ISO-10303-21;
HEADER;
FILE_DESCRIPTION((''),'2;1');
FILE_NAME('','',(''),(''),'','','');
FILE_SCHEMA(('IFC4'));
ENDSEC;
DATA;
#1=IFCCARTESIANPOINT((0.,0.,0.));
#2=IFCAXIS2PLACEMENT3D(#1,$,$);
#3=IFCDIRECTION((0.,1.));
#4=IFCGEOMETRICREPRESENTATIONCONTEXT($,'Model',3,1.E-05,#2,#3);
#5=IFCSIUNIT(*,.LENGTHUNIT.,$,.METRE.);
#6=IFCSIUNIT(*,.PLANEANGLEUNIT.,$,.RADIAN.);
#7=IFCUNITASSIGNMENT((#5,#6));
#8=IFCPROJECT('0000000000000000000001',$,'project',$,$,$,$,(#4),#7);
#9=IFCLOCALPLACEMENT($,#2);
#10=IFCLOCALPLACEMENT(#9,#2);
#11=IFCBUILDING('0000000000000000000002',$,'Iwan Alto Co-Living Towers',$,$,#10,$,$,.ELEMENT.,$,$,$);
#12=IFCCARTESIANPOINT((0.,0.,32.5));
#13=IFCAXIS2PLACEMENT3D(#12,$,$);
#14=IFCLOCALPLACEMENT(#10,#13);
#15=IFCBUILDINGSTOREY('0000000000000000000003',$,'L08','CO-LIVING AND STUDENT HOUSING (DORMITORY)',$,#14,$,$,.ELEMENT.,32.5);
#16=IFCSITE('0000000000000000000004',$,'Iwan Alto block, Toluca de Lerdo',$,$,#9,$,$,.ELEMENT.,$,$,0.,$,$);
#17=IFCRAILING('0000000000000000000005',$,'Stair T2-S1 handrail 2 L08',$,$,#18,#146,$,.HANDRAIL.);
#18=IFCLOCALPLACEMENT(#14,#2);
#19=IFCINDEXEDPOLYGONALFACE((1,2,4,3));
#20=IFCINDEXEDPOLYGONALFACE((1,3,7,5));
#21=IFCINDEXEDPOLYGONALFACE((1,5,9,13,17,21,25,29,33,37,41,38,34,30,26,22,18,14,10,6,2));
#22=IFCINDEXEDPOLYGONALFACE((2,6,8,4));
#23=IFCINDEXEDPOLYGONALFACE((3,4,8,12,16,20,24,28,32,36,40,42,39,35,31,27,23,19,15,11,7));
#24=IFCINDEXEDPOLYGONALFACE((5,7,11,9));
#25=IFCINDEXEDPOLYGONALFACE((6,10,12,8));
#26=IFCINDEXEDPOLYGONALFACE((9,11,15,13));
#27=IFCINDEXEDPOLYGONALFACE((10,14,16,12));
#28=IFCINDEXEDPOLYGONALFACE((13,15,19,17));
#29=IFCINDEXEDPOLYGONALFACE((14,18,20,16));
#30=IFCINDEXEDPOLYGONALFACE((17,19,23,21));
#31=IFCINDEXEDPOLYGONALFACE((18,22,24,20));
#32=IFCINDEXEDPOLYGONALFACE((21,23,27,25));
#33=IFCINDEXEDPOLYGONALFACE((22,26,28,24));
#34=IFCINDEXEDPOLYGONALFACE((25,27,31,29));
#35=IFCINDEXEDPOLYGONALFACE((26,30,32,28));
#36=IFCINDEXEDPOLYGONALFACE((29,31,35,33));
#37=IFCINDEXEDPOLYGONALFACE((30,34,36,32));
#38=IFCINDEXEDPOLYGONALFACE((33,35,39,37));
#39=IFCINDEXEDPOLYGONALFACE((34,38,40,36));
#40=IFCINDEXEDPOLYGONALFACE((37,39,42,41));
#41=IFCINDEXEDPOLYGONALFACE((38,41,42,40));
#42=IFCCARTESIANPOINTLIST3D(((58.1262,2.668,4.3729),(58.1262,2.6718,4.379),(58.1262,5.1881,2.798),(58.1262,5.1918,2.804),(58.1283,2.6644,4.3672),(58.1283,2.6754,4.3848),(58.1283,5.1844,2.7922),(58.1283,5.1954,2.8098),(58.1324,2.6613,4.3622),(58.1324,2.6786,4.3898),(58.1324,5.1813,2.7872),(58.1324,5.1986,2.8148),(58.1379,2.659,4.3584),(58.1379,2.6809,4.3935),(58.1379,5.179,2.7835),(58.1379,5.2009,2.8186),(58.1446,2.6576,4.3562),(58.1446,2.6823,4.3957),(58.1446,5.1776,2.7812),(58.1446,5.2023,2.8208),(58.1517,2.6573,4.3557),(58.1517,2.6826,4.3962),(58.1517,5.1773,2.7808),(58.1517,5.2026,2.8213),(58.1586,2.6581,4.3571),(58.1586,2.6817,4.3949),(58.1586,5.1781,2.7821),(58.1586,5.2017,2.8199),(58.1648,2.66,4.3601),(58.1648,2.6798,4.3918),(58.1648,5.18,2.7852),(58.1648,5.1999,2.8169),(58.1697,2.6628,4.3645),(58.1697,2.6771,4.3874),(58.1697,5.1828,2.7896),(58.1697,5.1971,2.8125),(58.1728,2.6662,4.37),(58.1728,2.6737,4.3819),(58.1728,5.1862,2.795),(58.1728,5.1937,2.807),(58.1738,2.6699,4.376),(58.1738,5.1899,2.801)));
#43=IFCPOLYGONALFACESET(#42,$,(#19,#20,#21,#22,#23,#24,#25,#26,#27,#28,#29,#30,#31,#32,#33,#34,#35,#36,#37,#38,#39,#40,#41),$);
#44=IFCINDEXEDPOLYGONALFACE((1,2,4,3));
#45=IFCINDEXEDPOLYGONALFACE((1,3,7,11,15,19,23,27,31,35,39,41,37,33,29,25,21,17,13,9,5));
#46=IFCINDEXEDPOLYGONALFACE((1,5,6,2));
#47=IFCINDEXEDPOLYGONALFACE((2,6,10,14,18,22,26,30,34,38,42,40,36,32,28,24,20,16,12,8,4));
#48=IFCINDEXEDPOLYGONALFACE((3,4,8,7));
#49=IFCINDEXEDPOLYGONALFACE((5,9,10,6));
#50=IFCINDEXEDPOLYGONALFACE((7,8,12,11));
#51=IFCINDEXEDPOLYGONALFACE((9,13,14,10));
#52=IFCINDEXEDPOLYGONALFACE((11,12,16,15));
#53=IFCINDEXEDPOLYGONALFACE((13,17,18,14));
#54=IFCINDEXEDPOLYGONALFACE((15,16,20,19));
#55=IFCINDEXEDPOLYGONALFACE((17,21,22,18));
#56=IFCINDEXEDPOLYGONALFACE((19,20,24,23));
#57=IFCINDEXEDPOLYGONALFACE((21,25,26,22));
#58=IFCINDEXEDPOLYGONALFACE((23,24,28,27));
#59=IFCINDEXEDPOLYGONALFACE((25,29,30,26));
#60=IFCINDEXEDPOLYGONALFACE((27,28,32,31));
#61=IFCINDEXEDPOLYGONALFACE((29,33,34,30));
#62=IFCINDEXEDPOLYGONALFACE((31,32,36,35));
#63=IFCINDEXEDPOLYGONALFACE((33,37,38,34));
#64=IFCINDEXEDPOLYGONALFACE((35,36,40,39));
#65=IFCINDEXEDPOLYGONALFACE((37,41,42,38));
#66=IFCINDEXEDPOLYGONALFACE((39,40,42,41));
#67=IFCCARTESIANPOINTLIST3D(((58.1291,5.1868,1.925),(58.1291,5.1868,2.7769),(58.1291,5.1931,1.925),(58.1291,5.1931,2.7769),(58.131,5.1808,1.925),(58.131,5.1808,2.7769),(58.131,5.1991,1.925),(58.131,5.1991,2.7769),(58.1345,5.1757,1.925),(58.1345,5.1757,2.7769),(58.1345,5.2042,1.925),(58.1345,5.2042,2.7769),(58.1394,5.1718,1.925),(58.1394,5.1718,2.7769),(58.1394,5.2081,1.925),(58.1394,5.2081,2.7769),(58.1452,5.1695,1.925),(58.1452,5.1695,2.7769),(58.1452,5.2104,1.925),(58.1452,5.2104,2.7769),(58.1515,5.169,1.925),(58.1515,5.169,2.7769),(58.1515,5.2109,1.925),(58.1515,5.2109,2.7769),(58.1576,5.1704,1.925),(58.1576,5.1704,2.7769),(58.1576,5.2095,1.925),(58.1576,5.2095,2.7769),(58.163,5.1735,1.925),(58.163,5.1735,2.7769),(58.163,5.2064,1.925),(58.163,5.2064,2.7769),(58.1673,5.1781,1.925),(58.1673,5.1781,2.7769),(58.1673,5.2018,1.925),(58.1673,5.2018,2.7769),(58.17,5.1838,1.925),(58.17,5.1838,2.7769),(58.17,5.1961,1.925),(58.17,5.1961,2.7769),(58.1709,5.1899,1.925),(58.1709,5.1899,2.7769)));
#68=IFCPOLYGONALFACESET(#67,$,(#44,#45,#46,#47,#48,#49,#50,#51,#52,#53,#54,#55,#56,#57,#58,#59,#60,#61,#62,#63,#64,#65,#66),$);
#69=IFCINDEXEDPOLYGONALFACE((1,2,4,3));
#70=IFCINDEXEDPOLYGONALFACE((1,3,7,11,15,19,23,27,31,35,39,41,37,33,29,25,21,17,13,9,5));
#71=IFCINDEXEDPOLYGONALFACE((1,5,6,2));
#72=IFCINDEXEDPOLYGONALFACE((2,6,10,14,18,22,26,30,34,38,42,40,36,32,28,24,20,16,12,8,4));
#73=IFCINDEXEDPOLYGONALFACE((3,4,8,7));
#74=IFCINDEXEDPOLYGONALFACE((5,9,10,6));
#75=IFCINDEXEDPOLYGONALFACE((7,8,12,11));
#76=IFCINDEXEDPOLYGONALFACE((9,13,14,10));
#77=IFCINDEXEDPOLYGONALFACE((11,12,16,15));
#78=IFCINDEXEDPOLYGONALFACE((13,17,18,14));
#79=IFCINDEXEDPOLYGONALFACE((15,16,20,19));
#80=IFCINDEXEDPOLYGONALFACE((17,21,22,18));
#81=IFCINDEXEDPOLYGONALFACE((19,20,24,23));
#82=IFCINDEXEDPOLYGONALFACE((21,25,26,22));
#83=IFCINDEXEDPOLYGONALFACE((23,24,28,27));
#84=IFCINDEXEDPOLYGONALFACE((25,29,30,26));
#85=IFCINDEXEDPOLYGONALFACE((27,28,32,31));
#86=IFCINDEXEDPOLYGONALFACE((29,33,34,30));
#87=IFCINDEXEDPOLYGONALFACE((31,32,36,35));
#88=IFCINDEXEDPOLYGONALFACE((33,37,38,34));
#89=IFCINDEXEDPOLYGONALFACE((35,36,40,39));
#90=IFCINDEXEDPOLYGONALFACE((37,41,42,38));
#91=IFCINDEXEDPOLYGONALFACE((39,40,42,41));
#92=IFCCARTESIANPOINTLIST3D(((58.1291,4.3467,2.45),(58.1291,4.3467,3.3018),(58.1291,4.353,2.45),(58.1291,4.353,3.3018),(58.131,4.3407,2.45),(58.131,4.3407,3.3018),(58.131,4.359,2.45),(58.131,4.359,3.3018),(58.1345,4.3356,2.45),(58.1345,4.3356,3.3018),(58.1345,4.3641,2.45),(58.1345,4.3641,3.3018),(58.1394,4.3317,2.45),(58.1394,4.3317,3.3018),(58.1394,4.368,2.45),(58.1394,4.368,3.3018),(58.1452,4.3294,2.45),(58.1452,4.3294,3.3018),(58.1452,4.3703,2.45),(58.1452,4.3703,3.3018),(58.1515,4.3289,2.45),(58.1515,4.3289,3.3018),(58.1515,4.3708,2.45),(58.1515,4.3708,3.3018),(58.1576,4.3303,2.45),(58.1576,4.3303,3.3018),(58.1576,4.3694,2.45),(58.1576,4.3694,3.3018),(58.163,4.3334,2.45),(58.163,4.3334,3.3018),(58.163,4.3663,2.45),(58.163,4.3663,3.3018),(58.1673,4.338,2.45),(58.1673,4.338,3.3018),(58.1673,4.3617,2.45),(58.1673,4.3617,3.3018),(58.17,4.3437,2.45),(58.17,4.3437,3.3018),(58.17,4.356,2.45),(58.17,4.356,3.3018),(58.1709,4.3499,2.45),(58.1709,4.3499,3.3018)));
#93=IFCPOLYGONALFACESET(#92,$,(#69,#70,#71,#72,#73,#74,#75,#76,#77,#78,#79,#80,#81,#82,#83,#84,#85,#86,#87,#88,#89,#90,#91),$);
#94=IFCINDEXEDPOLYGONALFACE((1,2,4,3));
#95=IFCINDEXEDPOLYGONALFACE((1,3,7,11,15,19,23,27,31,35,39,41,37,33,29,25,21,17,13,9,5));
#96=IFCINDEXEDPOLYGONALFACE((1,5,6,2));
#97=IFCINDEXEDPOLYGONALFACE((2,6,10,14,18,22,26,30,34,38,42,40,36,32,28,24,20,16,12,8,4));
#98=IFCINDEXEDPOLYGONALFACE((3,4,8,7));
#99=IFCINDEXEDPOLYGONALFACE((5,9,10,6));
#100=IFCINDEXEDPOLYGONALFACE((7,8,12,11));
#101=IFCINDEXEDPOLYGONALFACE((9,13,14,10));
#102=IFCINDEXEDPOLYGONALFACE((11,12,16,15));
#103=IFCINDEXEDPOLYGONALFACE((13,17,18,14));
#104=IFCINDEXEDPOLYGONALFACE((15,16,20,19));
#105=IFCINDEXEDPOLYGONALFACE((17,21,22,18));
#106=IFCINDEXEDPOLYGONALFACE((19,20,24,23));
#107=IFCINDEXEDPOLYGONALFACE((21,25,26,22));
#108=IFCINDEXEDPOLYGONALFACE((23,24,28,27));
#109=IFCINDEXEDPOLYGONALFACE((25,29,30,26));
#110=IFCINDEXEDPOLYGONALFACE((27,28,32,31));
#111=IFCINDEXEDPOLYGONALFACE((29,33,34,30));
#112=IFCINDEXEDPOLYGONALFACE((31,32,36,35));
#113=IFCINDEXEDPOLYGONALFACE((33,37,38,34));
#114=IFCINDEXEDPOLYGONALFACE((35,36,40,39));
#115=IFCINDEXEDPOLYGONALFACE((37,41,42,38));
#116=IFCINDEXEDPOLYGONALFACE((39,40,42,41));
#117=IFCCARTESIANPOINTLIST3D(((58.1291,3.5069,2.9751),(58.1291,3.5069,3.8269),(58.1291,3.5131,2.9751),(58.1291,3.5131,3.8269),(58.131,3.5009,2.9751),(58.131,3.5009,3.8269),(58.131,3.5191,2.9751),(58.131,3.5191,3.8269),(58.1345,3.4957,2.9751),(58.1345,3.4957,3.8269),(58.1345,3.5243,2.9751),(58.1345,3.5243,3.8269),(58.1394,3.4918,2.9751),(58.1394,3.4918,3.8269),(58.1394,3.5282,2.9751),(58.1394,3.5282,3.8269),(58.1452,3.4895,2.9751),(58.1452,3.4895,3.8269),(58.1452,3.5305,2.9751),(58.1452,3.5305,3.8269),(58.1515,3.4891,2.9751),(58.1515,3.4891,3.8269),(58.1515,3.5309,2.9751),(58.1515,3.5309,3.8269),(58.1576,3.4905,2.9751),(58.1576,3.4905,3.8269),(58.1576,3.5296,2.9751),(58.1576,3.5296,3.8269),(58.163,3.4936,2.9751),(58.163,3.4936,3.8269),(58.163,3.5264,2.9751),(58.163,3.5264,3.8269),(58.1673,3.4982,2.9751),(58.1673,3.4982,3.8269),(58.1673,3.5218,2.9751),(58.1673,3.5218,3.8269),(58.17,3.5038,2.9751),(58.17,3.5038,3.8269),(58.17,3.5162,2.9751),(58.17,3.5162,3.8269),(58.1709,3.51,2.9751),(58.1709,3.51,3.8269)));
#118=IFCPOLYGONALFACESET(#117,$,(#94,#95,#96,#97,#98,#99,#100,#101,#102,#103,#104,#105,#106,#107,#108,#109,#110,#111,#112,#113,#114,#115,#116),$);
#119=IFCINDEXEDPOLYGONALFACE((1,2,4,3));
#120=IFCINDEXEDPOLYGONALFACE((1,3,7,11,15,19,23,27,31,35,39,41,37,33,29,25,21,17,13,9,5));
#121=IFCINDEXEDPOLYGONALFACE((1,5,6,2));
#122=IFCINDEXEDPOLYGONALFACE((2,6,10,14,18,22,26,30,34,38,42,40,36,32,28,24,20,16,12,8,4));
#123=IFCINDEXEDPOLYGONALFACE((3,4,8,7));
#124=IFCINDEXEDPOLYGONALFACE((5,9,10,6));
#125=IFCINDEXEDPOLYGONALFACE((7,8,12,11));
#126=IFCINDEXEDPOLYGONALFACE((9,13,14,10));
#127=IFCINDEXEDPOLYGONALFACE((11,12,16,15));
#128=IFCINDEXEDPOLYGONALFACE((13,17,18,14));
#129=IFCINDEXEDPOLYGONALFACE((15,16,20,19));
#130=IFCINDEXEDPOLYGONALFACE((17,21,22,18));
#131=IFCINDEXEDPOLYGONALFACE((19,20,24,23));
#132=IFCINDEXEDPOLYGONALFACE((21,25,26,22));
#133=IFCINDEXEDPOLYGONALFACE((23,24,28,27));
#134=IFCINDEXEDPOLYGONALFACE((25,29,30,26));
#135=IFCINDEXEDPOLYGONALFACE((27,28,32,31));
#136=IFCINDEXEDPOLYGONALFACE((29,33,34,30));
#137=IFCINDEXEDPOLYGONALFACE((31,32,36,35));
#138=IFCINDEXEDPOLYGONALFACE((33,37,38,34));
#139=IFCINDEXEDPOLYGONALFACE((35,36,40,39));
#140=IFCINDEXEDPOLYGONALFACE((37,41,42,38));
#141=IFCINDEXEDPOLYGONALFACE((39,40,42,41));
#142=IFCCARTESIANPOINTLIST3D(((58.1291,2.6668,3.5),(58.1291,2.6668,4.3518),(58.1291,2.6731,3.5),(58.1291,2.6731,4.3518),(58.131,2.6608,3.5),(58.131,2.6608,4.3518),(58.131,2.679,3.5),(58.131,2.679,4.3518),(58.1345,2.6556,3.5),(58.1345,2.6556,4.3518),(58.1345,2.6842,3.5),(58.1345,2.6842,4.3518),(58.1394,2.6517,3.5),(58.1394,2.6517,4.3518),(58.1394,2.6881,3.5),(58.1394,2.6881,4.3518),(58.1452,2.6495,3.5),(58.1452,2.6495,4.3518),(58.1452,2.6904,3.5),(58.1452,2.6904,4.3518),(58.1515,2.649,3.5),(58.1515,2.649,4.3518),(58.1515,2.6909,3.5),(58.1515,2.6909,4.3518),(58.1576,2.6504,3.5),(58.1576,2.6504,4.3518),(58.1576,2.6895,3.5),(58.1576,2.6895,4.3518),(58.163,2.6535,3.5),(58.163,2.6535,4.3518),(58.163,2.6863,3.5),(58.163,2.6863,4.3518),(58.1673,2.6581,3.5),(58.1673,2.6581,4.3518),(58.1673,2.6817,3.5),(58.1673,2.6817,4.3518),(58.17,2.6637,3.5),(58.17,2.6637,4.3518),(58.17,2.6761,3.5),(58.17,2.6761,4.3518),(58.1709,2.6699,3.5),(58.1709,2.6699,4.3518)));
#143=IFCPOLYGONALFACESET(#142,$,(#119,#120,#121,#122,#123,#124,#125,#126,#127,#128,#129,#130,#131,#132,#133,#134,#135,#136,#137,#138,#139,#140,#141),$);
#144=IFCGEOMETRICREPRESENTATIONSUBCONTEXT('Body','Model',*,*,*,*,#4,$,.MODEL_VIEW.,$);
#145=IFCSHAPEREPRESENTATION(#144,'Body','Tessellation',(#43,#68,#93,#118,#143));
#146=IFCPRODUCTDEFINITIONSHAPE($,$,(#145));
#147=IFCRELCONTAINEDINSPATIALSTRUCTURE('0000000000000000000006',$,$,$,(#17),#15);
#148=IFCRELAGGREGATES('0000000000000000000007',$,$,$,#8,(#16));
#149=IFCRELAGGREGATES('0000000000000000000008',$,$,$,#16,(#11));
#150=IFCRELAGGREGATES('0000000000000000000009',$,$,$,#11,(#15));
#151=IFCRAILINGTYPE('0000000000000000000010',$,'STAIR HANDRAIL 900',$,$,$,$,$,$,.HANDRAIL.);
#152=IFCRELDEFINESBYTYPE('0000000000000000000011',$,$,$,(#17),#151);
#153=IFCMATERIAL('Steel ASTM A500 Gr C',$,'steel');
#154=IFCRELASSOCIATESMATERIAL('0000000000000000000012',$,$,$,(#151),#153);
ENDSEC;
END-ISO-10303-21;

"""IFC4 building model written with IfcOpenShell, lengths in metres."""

from ifc_helpers import new_model, si_unit, direction, frame, origin, origin_2d, place, context, subcontext, project, spatial, circle, extrude, material, type_object, element, save


model = new_model("IFC4")

# Units and contexts
model_context = context("Model", 3, precision=1e-05, world=origin(), true_north=direction((0.0, 1.0)))
body_context = subcontext(model_context, "Body", "Model", "MODEL_VIEW")
ifc_project = project(units=[si_unit("LENGTHUNIT", "METRE"), si_unit("PLANEANGLEUNIT", "RADIAN")], contexts=[model_context])

# Site, building, storey
site_placement = place(None, origin())
site = spatial("IfcSite", under=ifc_project, at=site_placement, Name="Iwan Alto block, Toluca de Lerdo", CompositionType="ELEMENT", RefElevation=0.0)
building_placement = place(site_placement, origin())
building = spatial("IfcBuilding", under=site, at=building_placement, Name="Iwan Alto Co-Living Towers", CompositionType="ELEMENT")
storey_placement = place(building_placement, frame((0.0, 0.0, 32.5)))
storey = spatial("IfcBuildingStorey", under=building, at=storey_placement, Name="L08", Description="CO-LIVING AND STUDENT HOUSING (DORMITORY)", CompositionType="ELEMENT", Elevation=32.5)

# Railing
ifc_material_1 = material(Name="Steel ASTM A500 Gr C", Category="steel")
railing_type_1 = type_object("IfcRailingType", Name="STAIR HANDRAIL 900", PredefinedType="HANDRAIL", material=ifc_material_1)
railing_1_placement = place(storey_placement, frame((58.1499, 5.1899, 1.925)))
element("IfcRailing", 1, at=railing_1_placement, inside=storey, type_object=railing_type_1, Name="Stair T2-S1 handrail 2 L08", PredefinedType="HANDRAIL", context=body_context, shape_type="SweptSolid", body=[
    extrude(circle(Radius=0.0239, at=origin_2d()), frame((0.0, 0.0, 0.876), z_axis=(0.0, -0.848008, 0.529984), x_axis=(1.0, 0.0, 0.0)), (0.0, 0.0, 1.0), 2.9717),
    extrude(circle(Radius=0.021, at=origin_2d()), origin(), (0.0, 0.0, 1.0), 0.8518),
    extrude(circle(Radius=0.021, at=origin_2d()), frame((0.0, -0.8401, 0.5249)), (0.0, 0.0, 1.0), 0.8518),
    extrude(circle(Radius=0.021, at=origin_2d()), frame((0.0, -1.6799, 1.05)), (0.0, 0.0, 1.0), 0.8518),
    extrude(circle(Radius=0.021, at=origin_2d()), frame((0.0, -2.52, 1.575)), (0.0, 0.0, 1.0), 0.8518),
])

save(model, "model.ifc")
